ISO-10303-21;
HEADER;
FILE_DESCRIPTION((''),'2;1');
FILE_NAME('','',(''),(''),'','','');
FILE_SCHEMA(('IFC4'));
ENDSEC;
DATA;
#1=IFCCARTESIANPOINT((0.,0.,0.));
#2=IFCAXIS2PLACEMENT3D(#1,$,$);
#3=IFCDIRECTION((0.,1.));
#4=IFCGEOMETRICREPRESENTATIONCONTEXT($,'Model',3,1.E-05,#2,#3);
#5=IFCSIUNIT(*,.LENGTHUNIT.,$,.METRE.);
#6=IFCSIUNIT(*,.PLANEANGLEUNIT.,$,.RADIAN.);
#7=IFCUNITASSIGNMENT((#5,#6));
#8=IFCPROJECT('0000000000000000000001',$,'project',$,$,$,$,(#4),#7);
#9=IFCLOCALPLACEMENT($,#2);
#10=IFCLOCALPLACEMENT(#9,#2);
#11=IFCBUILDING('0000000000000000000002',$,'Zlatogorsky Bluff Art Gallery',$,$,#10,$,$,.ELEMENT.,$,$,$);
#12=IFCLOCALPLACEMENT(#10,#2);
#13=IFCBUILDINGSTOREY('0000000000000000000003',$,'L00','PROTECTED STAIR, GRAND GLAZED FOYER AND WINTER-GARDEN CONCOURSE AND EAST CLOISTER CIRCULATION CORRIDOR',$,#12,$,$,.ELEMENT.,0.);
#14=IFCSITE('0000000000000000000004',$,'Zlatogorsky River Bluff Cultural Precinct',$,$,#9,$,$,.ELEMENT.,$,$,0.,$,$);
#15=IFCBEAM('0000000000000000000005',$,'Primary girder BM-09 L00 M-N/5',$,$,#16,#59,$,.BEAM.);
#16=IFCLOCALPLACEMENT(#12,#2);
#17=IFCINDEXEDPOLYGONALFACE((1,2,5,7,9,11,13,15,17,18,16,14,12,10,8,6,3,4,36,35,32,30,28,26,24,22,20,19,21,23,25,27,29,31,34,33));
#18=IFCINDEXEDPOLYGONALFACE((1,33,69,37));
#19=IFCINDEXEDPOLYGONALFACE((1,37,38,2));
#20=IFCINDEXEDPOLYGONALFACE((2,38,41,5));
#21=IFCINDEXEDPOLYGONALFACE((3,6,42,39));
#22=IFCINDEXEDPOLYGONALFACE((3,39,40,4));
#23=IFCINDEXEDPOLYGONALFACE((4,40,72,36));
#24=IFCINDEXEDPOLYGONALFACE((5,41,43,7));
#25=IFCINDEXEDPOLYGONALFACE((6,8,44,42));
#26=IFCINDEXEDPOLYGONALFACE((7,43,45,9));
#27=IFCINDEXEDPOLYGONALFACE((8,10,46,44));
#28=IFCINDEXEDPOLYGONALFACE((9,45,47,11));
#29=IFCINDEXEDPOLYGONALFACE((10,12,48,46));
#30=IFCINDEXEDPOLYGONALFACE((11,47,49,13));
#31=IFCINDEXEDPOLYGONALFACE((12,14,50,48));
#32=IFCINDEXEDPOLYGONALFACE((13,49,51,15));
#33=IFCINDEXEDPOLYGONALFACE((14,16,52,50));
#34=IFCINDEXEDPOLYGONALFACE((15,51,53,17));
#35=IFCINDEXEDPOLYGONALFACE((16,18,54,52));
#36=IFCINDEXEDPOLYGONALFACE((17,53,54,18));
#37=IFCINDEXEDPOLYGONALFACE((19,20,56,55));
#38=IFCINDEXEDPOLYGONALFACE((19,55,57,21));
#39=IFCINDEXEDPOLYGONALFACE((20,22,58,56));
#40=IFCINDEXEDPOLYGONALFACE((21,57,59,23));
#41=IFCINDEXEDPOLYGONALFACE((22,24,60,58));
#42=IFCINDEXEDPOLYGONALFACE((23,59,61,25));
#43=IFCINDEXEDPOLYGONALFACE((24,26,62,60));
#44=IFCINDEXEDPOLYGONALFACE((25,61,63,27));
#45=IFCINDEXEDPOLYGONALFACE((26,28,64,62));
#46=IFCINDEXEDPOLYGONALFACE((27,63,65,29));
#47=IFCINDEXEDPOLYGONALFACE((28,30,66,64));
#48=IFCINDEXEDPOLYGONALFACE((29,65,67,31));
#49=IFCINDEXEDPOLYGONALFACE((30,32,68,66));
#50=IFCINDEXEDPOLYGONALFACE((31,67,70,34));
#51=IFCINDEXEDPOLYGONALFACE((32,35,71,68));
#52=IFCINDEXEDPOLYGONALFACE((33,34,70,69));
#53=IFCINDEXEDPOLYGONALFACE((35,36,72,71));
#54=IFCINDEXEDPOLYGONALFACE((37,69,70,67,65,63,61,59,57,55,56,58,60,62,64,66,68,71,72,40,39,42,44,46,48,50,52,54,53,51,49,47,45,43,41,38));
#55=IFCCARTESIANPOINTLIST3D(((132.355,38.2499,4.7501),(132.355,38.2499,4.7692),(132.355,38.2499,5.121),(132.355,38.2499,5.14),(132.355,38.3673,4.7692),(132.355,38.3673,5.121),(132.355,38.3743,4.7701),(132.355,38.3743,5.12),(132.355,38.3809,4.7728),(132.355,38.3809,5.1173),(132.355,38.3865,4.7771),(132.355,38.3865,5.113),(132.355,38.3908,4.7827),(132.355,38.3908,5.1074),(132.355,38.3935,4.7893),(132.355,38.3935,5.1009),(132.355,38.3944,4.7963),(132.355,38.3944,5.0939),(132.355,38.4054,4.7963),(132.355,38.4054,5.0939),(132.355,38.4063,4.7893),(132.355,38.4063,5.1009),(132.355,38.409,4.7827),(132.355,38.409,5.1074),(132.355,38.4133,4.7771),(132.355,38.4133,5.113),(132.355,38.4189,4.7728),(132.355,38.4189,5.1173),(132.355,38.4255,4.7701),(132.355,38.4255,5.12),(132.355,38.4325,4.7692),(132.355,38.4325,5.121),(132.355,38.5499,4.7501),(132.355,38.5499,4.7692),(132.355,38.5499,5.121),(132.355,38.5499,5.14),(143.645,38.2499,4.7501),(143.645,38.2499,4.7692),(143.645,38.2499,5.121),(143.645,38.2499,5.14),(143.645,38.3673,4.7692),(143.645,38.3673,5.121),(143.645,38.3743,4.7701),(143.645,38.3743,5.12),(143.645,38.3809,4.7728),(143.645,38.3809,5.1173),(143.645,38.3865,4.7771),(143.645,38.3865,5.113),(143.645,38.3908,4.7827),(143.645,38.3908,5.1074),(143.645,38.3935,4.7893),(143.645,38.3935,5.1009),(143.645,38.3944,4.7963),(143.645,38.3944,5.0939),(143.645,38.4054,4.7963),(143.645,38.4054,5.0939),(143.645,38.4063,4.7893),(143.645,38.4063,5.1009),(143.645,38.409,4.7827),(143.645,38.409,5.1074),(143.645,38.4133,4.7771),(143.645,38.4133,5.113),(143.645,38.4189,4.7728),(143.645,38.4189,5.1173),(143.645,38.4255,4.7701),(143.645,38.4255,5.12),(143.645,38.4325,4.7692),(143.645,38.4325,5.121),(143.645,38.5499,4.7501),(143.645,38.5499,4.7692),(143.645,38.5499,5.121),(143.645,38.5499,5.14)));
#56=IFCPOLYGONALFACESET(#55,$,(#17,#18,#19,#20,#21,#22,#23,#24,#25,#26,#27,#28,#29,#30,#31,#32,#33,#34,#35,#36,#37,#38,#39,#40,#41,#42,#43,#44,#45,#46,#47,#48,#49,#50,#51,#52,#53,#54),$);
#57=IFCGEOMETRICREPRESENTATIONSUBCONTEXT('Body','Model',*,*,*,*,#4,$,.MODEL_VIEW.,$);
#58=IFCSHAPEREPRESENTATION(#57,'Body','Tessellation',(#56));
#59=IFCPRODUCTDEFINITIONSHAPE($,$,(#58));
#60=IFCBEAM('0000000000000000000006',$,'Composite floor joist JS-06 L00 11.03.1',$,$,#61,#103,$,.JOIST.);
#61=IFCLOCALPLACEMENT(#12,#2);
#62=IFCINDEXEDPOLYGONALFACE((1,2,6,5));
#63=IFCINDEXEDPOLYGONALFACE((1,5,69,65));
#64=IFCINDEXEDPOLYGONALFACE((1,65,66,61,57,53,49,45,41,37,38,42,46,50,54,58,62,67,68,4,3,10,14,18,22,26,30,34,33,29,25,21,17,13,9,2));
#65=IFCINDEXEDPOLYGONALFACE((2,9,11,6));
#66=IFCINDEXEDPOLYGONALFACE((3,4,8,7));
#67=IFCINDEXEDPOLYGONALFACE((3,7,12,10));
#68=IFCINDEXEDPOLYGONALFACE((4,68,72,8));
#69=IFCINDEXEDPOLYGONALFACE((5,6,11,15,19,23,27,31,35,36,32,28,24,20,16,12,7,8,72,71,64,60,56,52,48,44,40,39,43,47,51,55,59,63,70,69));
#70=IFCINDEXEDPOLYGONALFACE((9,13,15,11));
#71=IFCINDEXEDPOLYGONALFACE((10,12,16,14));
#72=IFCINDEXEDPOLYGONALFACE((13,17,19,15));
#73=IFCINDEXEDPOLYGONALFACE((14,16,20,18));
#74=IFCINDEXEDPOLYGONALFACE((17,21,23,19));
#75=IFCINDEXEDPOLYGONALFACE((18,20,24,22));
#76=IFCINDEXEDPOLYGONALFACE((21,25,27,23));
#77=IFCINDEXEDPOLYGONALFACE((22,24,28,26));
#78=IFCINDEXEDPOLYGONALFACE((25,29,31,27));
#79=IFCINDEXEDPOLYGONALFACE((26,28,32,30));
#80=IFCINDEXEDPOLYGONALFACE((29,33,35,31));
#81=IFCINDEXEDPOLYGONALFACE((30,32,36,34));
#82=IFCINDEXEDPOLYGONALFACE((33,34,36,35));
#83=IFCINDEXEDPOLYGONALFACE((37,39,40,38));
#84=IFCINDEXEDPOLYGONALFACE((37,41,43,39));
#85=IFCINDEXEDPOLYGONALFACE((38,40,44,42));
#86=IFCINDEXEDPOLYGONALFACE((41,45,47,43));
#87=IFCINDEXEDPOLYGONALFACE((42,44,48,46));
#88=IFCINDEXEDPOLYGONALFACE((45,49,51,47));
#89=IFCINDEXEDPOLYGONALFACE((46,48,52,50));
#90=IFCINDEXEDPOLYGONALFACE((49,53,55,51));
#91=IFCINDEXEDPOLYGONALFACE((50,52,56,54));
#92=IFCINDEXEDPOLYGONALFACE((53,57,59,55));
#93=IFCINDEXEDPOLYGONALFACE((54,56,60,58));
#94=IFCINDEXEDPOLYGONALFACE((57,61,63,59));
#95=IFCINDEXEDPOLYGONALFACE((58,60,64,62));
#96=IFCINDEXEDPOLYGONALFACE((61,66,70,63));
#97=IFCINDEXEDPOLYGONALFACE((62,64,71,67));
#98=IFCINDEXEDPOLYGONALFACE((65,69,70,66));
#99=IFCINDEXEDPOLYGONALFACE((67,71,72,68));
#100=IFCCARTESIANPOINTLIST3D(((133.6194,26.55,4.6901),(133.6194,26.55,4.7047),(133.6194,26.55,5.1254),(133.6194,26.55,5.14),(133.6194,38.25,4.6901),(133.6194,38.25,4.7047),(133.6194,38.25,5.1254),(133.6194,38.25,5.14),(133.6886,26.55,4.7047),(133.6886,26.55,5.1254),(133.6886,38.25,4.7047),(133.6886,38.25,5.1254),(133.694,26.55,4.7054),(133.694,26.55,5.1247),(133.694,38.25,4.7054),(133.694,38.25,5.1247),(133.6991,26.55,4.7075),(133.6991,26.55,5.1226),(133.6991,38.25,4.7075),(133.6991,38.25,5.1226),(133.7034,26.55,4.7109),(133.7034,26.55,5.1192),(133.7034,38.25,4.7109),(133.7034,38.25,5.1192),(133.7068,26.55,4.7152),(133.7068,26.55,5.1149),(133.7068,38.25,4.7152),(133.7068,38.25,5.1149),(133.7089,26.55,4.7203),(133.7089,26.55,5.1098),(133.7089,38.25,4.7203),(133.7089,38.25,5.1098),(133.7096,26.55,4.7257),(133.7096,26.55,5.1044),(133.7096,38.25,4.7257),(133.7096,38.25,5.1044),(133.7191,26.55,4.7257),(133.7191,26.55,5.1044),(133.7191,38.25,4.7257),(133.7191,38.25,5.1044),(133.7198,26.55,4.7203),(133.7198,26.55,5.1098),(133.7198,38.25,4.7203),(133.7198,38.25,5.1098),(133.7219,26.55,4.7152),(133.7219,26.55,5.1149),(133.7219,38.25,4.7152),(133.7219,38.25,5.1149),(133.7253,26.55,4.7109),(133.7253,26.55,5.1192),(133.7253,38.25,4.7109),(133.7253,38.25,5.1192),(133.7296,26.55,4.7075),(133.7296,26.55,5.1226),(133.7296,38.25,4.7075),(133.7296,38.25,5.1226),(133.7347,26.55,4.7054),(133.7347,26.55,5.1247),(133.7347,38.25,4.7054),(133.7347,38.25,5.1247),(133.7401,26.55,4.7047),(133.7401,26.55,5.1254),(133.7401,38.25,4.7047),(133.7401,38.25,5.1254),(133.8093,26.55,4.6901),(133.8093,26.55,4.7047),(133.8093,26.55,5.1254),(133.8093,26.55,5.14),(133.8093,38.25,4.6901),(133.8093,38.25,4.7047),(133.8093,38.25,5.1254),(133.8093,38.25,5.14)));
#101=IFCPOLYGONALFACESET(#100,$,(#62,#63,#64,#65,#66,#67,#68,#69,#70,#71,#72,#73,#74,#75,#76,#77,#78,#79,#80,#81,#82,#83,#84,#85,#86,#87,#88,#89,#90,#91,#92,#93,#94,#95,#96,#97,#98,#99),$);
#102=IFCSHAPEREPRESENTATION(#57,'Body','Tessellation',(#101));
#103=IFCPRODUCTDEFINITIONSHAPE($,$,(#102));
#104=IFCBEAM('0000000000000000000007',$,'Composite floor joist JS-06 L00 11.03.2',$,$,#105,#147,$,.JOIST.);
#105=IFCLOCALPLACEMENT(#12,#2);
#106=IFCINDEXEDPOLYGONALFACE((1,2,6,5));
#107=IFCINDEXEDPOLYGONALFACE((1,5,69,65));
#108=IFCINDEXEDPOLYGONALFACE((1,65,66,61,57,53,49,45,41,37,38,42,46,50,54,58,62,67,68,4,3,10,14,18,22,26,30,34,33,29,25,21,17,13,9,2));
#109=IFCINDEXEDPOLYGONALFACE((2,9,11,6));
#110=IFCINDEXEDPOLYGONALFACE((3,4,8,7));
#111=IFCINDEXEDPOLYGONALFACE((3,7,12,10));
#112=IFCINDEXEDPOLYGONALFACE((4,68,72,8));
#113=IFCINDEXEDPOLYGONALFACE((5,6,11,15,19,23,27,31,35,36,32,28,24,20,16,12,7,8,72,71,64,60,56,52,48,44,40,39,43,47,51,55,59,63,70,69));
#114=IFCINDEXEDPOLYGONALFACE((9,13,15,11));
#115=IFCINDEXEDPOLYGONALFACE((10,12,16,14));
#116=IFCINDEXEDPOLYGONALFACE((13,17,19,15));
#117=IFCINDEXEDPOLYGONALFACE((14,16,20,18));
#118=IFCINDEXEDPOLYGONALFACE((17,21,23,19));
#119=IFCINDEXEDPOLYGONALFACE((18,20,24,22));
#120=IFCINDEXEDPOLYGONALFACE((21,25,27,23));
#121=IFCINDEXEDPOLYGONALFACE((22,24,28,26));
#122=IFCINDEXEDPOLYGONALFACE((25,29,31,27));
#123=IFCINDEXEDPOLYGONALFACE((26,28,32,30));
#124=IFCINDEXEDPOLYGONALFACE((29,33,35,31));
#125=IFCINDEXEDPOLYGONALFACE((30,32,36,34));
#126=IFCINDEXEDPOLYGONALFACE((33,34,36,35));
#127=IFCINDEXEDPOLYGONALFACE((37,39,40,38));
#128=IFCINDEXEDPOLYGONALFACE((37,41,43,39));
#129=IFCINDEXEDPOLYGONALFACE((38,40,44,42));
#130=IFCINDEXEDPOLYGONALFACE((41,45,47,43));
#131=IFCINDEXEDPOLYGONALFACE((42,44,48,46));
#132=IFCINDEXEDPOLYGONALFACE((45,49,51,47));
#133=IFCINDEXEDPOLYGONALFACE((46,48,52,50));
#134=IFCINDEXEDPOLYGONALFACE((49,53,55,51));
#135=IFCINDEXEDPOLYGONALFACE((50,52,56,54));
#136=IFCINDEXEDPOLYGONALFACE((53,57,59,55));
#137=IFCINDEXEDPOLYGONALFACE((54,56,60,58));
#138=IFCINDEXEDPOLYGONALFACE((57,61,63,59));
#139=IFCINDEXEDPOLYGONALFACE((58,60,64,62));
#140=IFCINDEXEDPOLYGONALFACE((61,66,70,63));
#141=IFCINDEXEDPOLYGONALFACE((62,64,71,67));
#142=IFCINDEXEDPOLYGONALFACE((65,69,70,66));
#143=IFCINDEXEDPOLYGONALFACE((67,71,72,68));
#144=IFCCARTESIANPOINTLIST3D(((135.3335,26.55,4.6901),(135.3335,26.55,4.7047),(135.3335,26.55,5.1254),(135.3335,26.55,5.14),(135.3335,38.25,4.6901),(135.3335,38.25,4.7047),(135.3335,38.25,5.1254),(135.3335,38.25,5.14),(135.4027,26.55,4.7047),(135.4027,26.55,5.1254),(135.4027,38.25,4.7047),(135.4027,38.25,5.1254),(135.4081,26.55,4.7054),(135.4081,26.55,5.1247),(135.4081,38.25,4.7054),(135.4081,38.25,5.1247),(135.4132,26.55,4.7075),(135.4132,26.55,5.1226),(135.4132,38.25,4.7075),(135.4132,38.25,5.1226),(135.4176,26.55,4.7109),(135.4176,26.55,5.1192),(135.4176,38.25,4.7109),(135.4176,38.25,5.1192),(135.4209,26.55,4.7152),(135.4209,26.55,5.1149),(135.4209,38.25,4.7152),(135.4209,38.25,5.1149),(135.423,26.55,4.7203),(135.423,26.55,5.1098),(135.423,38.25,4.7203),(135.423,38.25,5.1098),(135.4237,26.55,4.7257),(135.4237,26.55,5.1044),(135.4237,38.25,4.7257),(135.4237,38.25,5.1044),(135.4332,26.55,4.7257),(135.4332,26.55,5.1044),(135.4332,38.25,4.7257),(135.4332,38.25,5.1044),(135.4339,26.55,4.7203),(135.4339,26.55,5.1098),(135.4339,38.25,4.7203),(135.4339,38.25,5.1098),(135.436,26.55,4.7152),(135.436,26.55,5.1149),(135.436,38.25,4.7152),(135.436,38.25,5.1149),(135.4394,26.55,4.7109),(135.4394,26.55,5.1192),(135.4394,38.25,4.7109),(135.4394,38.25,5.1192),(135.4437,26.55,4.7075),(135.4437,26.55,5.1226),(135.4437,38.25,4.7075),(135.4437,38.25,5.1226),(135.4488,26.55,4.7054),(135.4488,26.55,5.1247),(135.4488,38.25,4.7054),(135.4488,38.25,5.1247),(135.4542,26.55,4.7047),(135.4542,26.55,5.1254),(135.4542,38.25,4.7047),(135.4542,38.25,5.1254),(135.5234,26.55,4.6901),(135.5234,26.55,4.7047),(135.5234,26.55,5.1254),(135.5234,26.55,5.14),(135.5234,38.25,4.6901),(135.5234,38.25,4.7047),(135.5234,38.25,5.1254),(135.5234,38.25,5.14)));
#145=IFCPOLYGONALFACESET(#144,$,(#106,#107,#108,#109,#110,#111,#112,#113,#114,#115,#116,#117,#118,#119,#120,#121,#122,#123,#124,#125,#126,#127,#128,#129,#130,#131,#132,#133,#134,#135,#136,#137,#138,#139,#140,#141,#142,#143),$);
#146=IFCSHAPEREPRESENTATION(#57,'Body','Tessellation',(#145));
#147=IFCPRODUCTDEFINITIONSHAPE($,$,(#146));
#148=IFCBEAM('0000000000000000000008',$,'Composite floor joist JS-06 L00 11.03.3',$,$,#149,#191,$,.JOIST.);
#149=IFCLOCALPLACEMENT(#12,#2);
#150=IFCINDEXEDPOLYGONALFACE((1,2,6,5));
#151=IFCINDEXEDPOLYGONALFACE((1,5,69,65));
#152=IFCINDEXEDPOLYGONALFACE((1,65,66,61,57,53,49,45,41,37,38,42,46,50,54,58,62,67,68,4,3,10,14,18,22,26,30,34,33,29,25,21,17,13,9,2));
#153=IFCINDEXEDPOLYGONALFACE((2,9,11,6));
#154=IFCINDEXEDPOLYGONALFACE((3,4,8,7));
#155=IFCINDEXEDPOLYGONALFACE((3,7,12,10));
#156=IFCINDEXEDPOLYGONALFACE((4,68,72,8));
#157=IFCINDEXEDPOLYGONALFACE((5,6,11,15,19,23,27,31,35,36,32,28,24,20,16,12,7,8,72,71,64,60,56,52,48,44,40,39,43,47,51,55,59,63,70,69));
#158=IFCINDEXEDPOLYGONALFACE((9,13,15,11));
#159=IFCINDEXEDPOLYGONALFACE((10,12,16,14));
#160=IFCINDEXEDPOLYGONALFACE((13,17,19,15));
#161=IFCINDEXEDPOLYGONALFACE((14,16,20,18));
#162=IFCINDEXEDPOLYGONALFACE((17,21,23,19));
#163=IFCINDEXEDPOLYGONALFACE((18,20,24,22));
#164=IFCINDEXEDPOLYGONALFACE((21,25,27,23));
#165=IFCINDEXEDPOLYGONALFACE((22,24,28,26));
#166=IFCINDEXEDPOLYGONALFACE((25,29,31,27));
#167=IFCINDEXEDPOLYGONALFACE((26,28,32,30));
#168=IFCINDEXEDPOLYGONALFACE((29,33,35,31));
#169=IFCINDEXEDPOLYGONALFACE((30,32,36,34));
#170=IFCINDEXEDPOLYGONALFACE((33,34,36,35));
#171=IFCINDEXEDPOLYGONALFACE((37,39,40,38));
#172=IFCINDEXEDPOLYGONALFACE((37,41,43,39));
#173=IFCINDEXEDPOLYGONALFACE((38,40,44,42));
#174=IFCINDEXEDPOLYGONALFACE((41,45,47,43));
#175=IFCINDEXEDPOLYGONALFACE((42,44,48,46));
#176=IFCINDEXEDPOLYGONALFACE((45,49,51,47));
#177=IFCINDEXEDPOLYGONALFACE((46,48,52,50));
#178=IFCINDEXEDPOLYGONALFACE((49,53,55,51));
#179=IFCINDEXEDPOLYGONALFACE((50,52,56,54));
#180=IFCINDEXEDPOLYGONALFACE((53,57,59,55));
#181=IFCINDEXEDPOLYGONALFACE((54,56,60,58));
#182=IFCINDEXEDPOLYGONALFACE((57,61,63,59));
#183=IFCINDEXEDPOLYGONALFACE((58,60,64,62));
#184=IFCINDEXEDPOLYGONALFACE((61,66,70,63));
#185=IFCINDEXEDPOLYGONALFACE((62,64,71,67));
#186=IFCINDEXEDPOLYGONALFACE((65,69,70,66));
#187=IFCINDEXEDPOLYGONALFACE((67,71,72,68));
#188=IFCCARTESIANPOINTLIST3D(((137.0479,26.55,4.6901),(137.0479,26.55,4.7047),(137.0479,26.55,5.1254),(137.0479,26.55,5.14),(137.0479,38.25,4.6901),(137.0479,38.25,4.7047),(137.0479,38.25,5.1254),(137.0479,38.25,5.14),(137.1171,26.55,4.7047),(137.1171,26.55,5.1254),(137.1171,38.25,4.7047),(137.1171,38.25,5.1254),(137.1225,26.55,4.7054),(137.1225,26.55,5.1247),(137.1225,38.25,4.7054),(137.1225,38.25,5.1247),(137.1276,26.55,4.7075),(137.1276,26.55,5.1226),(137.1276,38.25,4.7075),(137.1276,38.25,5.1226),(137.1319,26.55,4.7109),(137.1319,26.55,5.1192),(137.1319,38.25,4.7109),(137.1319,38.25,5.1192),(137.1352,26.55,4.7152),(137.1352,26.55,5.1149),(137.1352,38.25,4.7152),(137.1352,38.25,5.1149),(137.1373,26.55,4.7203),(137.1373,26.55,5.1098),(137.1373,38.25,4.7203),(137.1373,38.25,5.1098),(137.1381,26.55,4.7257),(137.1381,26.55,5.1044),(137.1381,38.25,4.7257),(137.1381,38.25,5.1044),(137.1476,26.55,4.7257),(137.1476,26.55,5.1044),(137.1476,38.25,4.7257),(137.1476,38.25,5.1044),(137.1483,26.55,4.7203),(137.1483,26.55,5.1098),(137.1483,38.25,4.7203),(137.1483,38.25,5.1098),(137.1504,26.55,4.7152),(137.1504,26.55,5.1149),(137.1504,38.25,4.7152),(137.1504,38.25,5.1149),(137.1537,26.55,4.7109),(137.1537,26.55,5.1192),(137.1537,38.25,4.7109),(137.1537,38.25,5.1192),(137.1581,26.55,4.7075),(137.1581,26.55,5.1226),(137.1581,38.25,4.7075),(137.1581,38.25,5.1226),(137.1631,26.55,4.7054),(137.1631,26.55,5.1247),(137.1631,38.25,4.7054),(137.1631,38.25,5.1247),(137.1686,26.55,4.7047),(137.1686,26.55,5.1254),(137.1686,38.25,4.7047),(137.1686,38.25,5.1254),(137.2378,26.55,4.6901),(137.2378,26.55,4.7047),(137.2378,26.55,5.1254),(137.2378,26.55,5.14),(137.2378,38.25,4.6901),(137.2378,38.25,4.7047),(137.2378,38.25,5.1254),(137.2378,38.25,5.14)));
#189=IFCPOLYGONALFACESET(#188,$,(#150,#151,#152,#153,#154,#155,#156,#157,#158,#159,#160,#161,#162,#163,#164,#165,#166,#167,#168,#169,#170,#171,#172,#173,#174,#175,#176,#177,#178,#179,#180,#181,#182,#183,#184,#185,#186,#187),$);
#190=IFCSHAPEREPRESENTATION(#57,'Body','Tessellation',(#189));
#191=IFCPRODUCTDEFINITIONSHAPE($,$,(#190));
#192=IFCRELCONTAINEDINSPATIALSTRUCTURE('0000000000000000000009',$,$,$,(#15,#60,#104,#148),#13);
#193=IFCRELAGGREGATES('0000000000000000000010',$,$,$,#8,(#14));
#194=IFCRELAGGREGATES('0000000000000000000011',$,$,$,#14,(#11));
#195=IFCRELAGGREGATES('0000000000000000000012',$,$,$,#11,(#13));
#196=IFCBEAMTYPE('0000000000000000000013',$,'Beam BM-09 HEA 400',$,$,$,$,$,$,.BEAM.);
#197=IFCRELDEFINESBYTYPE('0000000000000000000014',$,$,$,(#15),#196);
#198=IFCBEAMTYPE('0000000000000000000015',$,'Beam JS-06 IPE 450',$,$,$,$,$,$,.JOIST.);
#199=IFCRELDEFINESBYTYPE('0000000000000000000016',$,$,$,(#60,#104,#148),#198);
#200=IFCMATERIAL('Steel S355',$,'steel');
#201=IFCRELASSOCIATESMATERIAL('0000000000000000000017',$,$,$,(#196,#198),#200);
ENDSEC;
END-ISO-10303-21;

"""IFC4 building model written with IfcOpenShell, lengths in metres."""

from ifc_helpers import new_model, si_unit, direction, frame, origin, origin_2d, place, context, subcontext, project, spatial, i_section, extrude, material, material_profile, profile_set, type_object, element, save


model = new_model("IFC4")

# Units and contexts
model_context = context("Model", 3, precision=1e-05, world=origin(), true_north=direction((0.0, 1.0)))
body_context = subcontext(model_context, "Body", "Model", "MODEL_VIEW")
ifc_project = project(units=[si_unit("LENGTHUNIT", "METRE"), si_unit("PLANEANGLEUNIT", "RADIAN")], contexts=[model_context])

# Site, building, storey
site_placement = place(None, origin())
site = spatial("IfcSite", under=ifc_project, at=site_placement, Name="Zlatogorsky River Bluff Cultural Precinct", CompositionType="ELEMENT", RefElevation=0.0)
building_placement = place(site_placement, origin())
building = spatial("IfcBuilding", under=site, at=building_placement, Name="Zlatogorsky Bluff Art Gallery", CompositionType="ELEMENT")
storey_placement = place(building_placement, origin())
storey = spatial("IfcBuildingStorey", under=building, at=storey_placement, Name="L00", Description="PROTECTED STAIR, GRAND GLAZED FOYER AND WINTER-GARDEN CONCOURSE AND EAST CLOISTER CIRCULATION CORRIDOR", CompositionType="ELEMENT", Elevation=0.0)

# Beams
ifc_material_1 = material(Name="Steel S355", Category="steel")
ifc_material_profile_1 = material_profile(ifc_material_1, i_section(OverallWidth=0.3, OverallDepth=0.3899, WebThickness=0.011, FlangeThickness=0.019, FilletRadius=0.0271, at=origin_2d()), Name="HEA 400")
ifc_profile_set_1 = profile_set([ifc_material_profile_1], Name="Steel S355")
beam_type_1 = type_object("IfcBeamType", Name="Beam BM-09 HEA 400", PredefinedType="BEAM", material=ifc_profile_set_1)
beam_placement = place(storey_placement, frame((132.355, 38.3999, 4.9451), z_axis=(1.0, 0.0, 0.0), x_axis=(0.0, 1.0, 0.0)))
element("IfcBeam", 1, at=beam_placement, inside=storey, type_object=beam_type_1, Name="Primary girder BM-09 L00 M-N/5", PredefinedType="BEAM", context=body_context, shape_type="SweptSolid", body=[
    extrude(i_section(OverallWidth=0.3, OverallDepth=0.3899, WebThickness=0.011, FlangeThickness=0.019, FilletRadius=0.0271, at=origin_2d()), origin(), (0.0, 0.0, 1.0), 11.29),
])
ifc_material_profile_2 = material_profile(ifc_material_1, i_section(OverallWidth=0.1899, OverallDepth=0.45, WebThickness=0.0095, FlangeThickness=0.0146, FilletRadius=0.021, at=origin_2d()), Name="IPE 450")
ifc_profile_set_2 = profile_set([ifc_material_profile_2], Name="Steel S355")
beam_type_2 = type_object("IfcBeamType", Name="Beam JS-06 IPE 450", PredefinedType="JOIST", material=ifc_profile_set_2)
for number, where, z_axis, x_axis, name in (
    (2, (133.7144, 26.55, 4.915), (0.0, 1.0, 0.0), (-1.0, 0.0, 0.0), "Composite floor joist JS-06 L00 11.03.1"),
    (3, (135.4285, 26.55, 4.915), (0.0, 1.0, 0.0), (-1.0, 0.0, 0.0), "Composite floor joist JS-06 L00 11.03.2"),
    (4, (137.1428, 26.55, 4.915), (0.0, 1.0, 0.0), (-1.0, 0.0, 0.0), "Composite floor joist JS-06 L00 11.03.3"),
):
    element("IfcBeam", number, at=place(storey_placement, frame(where, z_axis=z_axis, x_axis=x_axis)), inside=storey, type_object=beam_type_2, Name=name, PredefinedType="JOIST", context=body_context, shape_type="SweptSolid", body=[
        extrude(i_section(OverallWidth=0.1899, OverallDepth=0.45, WebThickness=0.0095, FlangeThickness=0.0146, FilletRadius=0.021, at=origin_2d()), origin(), (0.0, 0.0, 1.0), 11.7),
    ])

save(model, "model.ifc")
